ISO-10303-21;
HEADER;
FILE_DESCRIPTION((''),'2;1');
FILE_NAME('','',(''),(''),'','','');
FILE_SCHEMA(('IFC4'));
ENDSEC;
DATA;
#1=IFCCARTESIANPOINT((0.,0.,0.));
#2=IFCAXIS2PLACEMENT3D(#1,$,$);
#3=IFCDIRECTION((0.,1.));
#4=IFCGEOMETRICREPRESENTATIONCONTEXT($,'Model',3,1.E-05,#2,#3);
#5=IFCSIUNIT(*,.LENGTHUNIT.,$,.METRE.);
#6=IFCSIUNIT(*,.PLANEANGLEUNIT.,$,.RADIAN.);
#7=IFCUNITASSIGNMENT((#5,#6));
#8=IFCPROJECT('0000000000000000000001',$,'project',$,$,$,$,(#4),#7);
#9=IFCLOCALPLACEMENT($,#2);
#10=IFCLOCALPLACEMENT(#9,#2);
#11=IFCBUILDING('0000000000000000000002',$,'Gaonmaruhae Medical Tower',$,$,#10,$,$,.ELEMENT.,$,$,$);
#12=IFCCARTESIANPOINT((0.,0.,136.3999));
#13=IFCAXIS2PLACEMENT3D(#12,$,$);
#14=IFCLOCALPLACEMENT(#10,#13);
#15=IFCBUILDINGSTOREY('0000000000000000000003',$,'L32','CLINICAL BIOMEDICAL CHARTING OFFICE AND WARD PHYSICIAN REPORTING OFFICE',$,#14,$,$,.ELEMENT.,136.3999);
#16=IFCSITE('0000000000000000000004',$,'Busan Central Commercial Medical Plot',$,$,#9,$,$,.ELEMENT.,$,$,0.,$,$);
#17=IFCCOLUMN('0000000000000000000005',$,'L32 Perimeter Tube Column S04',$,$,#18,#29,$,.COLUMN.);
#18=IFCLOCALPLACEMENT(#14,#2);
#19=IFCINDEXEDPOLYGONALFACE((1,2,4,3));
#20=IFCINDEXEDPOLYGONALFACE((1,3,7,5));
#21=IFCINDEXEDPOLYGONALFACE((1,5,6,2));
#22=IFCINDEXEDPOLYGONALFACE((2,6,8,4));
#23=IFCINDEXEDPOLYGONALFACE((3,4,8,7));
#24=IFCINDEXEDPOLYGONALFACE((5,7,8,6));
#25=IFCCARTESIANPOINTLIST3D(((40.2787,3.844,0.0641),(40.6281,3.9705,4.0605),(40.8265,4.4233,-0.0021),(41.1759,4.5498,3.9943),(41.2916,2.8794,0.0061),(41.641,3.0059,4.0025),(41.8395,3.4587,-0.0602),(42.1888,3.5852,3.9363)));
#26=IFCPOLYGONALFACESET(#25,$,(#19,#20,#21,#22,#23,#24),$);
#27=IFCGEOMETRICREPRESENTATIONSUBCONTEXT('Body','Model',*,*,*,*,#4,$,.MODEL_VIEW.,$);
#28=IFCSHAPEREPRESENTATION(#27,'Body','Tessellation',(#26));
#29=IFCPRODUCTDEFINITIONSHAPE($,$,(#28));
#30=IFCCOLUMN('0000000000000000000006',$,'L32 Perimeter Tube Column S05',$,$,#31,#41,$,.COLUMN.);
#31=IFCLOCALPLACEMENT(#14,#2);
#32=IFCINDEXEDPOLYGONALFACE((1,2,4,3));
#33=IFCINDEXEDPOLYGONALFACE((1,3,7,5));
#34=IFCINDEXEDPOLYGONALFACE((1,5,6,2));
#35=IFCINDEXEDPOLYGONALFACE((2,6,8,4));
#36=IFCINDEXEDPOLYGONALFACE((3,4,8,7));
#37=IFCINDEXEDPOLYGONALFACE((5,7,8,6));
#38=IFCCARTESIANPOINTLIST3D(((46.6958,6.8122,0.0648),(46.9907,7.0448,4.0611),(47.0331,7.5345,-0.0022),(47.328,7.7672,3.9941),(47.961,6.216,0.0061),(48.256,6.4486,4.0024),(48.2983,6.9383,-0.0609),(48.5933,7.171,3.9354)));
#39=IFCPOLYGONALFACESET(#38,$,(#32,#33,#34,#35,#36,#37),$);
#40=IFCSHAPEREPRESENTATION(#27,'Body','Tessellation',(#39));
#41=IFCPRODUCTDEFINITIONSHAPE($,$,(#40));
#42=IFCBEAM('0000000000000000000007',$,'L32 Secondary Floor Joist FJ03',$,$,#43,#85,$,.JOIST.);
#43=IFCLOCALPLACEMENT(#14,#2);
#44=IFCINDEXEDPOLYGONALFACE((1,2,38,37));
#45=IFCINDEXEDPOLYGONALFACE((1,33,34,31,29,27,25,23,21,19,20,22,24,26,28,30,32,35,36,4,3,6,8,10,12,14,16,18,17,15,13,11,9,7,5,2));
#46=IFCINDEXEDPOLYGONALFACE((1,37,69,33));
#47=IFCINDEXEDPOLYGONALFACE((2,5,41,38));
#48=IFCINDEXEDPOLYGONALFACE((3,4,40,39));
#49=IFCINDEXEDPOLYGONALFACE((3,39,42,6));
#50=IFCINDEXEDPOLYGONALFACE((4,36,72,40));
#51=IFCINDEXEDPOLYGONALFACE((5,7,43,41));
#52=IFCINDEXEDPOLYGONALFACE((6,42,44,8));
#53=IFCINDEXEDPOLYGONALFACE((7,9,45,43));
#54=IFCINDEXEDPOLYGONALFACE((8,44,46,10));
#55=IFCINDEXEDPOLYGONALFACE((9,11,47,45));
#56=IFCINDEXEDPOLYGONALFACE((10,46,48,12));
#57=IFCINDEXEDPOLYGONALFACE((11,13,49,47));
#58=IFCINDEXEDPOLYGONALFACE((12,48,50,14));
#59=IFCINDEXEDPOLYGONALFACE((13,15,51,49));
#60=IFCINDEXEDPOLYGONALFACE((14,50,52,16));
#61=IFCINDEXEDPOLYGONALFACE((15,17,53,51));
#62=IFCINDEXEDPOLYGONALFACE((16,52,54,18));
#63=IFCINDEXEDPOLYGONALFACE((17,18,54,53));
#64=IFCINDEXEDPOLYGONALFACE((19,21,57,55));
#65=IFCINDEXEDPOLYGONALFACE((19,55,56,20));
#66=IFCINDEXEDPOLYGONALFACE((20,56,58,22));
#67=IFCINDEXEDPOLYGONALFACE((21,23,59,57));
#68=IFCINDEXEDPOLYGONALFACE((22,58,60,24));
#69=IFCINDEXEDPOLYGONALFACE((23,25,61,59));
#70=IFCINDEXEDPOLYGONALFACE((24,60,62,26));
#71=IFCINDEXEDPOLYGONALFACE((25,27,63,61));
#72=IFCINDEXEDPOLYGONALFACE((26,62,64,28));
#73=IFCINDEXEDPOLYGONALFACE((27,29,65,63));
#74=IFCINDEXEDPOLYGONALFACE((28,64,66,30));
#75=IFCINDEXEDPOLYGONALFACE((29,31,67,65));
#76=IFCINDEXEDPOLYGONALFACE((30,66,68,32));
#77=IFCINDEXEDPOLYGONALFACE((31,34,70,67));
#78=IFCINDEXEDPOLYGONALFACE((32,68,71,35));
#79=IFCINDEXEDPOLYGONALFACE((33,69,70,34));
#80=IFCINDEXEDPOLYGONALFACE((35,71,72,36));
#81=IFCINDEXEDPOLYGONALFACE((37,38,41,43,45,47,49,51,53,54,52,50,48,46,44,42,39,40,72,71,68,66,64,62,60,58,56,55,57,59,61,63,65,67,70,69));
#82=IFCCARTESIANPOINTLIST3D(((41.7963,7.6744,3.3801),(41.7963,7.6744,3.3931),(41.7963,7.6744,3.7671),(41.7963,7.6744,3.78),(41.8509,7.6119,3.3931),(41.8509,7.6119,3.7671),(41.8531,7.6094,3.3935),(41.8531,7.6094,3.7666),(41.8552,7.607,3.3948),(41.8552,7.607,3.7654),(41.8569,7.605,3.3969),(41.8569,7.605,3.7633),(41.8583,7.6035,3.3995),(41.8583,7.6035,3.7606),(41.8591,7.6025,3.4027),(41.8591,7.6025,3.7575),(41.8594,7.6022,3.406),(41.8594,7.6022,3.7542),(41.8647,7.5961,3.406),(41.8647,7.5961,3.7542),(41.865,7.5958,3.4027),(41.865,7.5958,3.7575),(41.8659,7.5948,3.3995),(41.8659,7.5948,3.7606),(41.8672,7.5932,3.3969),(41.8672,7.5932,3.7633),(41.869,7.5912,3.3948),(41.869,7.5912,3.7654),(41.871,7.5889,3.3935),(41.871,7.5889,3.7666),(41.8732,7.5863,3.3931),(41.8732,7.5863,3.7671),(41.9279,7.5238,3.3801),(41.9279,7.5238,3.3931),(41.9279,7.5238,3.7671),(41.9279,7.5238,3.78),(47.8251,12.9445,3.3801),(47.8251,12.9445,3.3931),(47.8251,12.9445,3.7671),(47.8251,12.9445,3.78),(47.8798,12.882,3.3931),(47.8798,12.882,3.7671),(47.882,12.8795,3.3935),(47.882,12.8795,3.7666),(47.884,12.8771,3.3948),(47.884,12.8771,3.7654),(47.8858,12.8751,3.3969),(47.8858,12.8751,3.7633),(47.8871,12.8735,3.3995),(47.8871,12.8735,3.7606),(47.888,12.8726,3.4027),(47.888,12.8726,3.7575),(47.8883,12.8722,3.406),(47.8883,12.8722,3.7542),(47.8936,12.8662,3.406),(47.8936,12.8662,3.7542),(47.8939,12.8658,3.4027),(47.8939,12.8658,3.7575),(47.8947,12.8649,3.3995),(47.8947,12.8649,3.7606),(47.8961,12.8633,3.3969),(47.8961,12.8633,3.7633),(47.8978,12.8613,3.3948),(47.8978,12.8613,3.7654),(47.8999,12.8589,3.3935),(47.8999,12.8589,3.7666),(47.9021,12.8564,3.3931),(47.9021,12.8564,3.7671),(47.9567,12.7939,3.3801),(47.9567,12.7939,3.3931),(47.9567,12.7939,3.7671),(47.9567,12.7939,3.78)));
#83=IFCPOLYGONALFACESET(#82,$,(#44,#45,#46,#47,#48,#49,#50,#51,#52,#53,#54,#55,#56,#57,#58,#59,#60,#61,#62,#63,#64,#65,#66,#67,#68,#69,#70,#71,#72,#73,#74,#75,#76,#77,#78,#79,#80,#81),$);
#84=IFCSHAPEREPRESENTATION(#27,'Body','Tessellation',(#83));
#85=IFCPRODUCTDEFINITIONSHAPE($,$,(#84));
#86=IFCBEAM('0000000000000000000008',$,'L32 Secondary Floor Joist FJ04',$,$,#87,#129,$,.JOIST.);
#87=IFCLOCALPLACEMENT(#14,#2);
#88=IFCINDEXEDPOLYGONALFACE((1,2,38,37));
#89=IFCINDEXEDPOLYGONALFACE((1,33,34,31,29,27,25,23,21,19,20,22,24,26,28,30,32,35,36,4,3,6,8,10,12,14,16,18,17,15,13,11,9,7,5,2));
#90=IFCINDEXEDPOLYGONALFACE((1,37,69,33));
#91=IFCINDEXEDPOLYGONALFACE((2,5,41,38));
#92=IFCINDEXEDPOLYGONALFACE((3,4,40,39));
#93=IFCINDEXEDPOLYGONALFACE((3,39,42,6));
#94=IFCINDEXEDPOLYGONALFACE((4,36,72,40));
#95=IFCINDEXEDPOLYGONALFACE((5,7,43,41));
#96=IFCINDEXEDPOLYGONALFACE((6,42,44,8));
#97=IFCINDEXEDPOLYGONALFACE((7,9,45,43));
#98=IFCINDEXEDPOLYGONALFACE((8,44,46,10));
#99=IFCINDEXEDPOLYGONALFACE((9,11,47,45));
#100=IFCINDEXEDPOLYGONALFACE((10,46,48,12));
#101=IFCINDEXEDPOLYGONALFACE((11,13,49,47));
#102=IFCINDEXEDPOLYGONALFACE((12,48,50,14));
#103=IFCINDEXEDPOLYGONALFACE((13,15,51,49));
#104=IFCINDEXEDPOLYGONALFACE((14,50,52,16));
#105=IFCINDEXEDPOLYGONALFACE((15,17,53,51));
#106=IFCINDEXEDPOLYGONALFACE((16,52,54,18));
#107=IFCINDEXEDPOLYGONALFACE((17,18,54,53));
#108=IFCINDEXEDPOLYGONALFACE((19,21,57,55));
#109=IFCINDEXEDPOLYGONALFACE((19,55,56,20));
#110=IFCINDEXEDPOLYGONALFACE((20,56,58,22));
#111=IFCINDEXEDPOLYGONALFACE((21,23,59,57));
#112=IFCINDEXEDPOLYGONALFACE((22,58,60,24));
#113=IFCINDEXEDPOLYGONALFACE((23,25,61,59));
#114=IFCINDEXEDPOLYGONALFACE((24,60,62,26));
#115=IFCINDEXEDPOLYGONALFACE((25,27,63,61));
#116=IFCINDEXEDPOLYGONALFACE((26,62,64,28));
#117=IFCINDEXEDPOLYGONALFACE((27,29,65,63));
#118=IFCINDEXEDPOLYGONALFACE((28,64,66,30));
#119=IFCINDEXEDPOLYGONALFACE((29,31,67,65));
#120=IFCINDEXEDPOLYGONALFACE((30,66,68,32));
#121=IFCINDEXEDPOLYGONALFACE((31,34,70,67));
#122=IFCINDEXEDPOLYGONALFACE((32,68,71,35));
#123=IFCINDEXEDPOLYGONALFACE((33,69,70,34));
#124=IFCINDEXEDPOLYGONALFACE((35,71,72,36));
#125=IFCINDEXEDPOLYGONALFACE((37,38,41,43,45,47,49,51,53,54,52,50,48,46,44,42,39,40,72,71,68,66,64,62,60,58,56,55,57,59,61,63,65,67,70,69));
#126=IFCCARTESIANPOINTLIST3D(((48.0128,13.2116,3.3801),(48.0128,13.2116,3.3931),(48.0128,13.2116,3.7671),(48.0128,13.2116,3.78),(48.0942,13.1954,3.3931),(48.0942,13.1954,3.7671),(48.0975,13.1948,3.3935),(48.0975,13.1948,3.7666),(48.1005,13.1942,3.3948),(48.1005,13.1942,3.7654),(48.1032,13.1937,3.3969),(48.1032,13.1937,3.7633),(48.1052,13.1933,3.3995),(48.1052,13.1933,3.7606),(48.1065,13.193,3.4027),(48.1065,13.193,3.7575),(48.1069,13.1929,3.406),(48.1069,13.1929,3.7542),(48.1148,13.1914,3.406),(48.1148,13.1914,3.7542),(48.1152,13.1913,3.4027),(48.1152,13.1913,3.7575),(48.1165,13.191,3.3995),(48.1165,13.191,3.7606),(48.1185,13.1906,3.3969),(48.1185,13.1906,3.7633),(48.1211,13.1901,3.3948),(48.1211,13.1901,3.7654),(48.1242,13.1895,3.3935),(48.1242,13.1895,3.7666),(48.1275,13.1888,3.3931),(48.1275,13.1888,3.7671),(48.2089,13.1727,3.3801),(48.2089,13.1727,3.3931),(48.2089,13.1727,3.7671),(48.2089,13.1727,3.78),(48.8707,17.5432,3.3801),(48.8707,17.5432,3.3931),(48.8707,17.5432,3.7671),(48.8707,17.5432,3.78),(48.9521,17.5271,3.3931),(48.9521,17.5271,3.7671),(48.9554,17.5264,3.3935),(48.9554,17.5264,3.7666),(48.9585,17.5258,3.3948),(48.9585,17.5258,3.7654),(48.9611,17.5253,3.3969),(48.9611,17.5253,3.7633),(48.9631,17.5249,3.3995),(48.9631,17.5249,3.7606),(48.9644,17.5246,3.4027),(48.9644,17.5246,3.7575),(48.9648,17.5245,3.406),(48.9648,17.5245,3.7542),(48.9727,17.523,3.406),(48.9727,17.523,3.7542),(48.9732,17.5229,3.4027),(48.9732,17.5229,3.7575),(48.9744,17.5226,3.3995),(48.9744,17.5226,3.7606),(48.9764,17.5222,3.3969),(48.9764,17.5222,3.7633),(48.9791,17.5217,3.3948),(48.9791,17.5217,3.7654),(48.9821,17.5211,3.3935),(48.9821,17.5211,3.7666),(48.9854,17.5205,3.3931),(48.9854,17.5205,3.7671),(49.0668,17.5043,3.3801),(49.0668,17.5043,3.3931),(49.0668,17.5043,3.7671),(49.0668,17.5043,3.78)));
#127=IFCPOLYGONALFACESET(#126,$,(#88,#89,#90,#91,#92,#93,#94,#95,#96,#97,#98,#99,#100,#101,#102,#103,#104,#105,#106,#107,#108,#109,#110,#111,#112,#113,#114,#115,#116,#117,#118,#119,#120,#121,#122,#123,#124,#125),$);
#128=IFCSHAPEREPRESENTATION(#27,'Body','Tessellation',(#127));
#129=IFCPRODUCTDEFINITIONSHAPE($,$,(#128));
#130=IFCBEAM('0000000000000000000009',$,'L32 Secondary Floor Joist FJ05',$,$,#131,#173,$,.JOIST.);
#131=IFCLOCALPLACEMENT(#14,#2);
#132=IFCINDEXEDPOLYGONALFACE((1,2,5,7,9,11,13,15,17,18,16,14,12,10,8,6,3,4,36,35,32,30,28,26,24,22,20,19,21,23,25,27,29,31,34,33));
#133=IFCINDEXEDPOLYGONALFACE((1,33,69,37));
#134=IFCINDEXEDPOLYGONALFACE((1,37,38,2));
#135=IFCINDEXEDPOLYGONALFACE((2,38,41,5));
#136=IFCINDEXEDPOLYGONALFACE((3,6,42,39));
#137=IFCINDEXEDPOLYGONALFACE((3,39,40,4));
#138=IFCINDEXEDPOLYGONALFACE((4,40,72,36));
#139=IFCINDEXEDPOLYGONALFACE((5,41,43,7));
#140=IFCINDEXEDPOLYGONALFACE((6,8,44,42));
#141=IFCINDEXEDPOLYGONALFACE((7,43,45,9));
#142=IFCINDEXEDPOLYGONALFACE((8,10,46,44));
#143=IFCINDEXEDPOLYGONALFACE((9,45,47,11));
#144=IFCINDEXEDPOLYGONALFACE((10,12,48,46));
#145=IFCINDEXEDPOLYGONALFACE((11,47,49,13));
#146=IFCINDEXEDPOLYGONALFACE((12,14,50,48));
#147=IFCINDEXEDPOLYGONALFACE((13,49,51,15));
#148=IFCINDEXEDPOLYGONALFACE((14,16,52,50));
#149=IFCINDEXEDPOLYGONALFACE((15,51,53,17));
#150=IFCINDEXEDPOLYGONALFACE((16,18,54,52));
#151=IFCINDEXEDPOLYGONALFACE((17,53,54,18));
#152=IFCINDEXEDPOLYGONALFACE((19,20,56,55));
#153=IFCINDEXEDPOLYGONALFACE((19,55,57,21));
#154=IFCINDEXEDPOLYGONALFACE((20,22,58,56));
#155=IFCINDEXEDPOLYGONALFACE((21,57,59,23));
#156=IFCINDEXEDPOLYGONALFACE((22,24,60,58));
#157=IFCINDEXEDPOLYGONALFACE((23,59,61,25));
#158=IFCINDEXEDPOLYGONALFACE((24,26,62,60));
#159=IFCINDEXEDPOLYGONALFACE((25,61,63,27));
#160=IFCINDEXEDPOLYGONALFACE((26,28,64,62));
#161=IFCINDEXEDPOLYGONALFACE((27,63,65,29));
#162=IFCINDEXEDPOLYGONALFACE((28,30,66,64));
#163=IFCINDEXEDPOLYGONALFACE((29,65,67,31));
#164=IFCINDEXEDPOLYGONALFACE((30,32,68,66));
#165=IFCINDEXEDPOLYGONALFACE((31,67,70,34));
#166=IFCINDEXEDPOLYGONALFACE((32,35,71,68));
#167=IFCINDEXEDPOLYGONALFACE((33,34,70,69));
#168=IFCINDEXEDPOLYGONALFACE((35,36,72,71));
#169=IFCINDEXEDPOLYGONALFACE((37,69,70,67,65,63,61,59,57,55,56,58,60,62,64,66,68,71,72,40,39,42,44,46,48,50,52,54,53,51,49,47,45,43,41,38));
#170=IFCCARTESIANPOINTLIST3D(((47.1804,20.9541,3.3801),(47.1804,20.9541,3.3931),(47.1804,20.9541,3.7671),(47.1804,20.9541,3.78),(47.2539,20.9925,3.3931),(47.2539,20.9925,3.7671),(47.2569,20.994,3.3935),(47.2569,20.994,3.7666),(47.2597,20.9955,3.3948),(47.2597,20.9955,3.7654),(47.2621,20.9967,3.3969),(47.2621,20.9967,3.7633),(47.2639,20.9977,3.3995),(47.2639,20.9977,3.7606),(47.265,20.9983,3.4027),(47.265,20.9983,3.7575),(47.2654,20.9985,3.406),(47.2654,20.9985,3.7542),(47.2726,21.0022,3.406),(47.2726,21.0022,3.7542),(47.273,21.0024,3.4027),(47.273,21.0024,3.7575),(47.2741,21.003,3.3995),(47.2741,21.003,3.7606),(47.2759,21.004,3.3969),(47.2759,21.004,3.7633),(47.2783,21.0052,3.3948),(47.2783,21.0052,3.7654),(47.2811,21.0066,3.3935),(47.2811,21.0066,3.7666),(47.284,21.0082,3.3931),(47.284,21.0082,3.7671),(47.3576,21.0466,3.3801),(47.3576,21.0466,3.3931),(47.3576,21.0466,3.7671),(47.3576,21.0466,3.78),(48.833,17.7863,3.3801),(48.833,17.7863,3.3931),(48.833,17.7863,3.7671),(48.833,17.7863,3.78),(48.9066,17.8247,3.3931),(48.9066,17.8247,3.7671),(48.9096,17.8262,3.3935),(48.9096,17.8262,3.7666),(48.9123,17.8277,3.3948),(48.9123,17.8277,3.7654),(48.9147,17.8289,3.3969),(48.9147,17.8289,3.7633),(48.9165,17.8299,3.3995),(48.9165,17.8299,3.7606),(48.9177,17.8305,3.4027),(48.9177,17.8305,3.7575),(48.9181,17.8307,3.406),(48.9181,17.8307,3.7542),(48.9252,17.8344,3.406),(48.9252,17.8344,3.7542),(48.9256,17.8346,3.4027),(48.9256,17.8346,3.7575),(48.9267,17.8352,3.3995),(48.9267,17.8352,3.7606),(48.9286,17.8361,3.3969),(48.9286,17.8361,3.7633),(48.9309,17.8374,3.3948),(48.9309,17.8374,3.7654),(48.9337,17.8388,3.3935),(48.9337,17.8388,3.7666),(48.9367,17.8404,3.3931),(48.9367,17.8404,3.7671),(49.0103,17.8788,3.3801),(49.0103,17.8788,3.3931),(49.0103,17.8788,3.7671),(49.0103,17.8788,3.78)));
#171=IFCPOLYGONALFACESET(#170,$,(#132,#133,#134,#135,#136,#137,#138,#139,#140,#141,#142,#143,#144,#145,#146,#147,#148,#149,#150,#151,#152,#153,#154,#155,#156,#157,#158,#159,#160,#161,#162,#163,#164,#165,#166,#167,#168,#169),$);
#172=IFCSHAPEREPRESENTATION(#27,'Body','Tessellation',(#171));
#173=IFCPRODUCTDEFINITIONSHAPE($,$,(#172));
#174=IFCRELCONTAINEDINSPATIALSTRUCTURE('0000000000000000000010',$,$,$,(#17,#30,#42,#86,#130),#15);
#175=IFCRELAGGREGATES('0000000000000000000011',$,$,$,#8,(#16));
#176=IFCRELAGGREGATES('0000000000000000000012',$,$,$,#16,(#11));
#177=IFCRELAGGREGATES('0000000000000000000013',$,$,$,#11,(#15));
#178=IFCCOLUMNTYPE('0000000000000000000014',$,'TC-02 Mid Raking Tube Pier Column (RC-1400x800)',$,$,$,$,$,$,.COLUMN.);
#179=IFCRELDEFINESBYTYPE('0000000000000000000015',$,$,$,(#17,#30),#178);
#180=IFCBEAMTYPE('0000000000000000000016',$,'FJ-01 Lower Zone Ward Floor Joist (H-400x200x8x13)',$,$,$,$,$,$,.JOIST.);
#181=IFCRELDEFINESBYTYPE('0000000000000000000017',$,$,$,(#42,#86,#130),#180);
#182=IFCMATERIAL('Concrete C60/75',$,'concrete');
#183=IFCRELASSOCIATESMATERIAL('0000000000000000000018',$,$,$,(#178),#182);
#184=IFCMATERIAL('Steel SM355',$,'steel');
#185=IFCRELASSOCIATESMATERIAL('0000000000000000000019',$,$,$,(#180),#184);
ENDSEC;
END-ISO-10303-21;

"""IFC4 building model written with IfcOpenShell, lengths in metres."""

from ifc_helpers import new_model, si_unit, direction, frame, origin, origin_2d, place, context, subcontext, project, spatial, rectangle, i_section, extrude, material, material_profile, profile_set, type_object, element, save


model = new_model("IFC4")

# Units and contexts
model_context = context("Model", 3, precision=1e-05, world=origin(), true_north=direction((0.0, 1.0)))
body_context = subcontext(model_context, "Body", "Model", "MODEL_VIEW")
ifc_project = project(units=[si_unit("LENGTHUNIT", "METRE"), si_unit("PLANEANGLEUNIT", "RADIAN")], contexts=[model_context])

# Site, building, storey
site_placement = place(None, origin())
site = spatial("IfcSite", under=ifc_project, at=site_placement, Name="Busan Central Commercial Medical Plot", CompositionType="ELEMENT", RefElevation=0.0)
building_placement = place(site_placement, origin())
building = spatial("IfcBuilding", under=site, at=building_placement, Name="Gaonmaruhae Medical Tower", CompositionType="ELEMENT")
storey_placement = place(building_placement, frame((0.0, 0.0, 136.3999)))
storey = spatial("IfcBuildingStorey", under=building, at=storey_placement, Name="L32", Description="CLINICAL BIOMEDICAL CHARTING OFFICE AND WARD PHYSICIAN REPORTING OFFICE", CompositionType="ELEMENT", Elevation=136.3999)

# Columns
ifc_material_1 = material(Name="Concrete C60/75", Category="concrete")
ifc_material_profile_1 = material_profile(ifc_material_1, rectangle(XDim=1.3999, YDim=0.8, at=origin_2d()), Name="RC-1400x800")
ifc_profile_set_1 = profile_set([ifc_material_profile_1], Name="Concrete C60/75")
column_type = type_object("IfcColumnType", Name="TC-02 Mid Raking Tube Pier Column (RC-1400x800)", PredefinedType="COLUMN", material=ifc_profile_set_1)
column_1_placement = place(storey_placement, frame((41.0591, 3.6514, 0.002), z_axis=(0.087046, 0.031509, 0.995706), x_axis=(-0.72356, 0.689016, 0.041451)))
element("IfcColumn", 1, at=column_1_placement, inside=storey, type_object=column_type, Name="L32 Perimeter Tube Column S04", PredefinedType="COLUMN", context=body_context, shape_type="SweptSolid", body=[
    extrude(rectangle(XDim=1.3999, YDim=0.8, at=origin_2d()), origin(), (0.0, 0.0, 1.0), 4.0137),
])
column_2_placement = place(storey_placement, frame((47.4971, 6.8752, 0.002), z_axis=(0.073474, 0.057964, 0.995611), x_axis=(-0.903805, 0.425888, 0.041904)))
element("IfcColumn", 2, at=column_2_placement, inside=storey, type_object=column_type, Name="L32 Perimeter Tube Column S05", PredefinedType="COLUMN", context=body_context, shape_type="SweptSolid", body=[
    extrude(rectangle(XDim=1.3999, YDim=0.8, at=origin_2d()), origin(), (0.0, 0.0, 1.0), 4.0139),
])

# Beams
ifc_material_2 = material(Name="Steel SM355", Category="steel")
ifc_material_profile_2 = material_profile(ifc_material_2, i_section(OverallWidth=0.2, OverallDepth=0.3999, WebThickness=0.0081, FlangeThickness=0.0129, FilletRadius=0.0129, at=origin_2d()), Name="H-400x200x8x13")
ifc_profile_set_2 = profile_set([ifc_material_profile_2], Name="Steel SM355")
beam_type_1 = type_object("IfcBeamType", Name="FJ-01 Lower Zone Ward Floor Joist (H-400x200x8x13)", PredefinedType="JOIST", material=ifc_profile_set_2)
beam_1_placement = place(storey_placement, frame((41.8621, 7.5991, 3.5801), z_axis=(0.752898, 0.658138, 0.0), x_axis=(-0.658138, 0.752898, 0.0)))
element("IfcBeam", 3, at=beam_1_placement, inside=storey, type_object=beam_type_1, Name="L32 Secondary Floor Joist FJ03", PredefinedType="JOIST", context=body_context, shape_type="SweptSolid", body=[
    extrude(i_section(OverallWidth=0.2, OverallDepth=0.3999, WebThickness=0.0081, FlangeThickness=0.0129, FilletRadius=0.0129, at=origin_2d()), origin(), (0.0, 0.0, 1.0), 8.0076),
])
beam_2_placement = place(storey_placement, frame((48.1108, 13.1921, 3.5801), z_axis=(0.194287, 0.980945, 0.0), x_axis=(-0.980945, 0.194287, 0.0)))
element("IfcBeam", 4, at=beam_2_placement, inside=storey, type_object=beam_type_1, Name="L32 Secondary Floor Joist FJ04", PredefinedType="JOIST", context=body_context, shape_type="SweptSolid", body=[
    extrude(i_section(OverallWidth=0.2, OverallDepth=0.3999, WebThickness=0.0081, FlangeThickness=0.0129, FilletRadius=0.0129, at=origin_2d()), origin(), (0.0, 0.0, 1.0), 4.4158),
])
beam_3_placement = place(storey_placement, frame((48.9216, 17.8325, 3.5801), z_axis=(-0.462536, 0.886601, 0.0), x_axis=(-0.886601, -0.462536, 0.0)))
element("IfcBeam", 5, at=beam_3_placement, inside=storey, type_object=beam_type_1, Name="L32 Secondary Floor Joist FJ05", PredefinedType="JOIST", context=body_context, shape_type="SweptSolid", body=[
    extrude(i_section(OverallWidth=0.2, OverallDepth=0.3999, WebThickness=0.0081, FlangeThickness=0.0129, FilletRadius=0.0129, at=origin_2d()), origin(), (0.0, 0.0, 1.0), 3.573),
])

save(model, "model.ifc")
